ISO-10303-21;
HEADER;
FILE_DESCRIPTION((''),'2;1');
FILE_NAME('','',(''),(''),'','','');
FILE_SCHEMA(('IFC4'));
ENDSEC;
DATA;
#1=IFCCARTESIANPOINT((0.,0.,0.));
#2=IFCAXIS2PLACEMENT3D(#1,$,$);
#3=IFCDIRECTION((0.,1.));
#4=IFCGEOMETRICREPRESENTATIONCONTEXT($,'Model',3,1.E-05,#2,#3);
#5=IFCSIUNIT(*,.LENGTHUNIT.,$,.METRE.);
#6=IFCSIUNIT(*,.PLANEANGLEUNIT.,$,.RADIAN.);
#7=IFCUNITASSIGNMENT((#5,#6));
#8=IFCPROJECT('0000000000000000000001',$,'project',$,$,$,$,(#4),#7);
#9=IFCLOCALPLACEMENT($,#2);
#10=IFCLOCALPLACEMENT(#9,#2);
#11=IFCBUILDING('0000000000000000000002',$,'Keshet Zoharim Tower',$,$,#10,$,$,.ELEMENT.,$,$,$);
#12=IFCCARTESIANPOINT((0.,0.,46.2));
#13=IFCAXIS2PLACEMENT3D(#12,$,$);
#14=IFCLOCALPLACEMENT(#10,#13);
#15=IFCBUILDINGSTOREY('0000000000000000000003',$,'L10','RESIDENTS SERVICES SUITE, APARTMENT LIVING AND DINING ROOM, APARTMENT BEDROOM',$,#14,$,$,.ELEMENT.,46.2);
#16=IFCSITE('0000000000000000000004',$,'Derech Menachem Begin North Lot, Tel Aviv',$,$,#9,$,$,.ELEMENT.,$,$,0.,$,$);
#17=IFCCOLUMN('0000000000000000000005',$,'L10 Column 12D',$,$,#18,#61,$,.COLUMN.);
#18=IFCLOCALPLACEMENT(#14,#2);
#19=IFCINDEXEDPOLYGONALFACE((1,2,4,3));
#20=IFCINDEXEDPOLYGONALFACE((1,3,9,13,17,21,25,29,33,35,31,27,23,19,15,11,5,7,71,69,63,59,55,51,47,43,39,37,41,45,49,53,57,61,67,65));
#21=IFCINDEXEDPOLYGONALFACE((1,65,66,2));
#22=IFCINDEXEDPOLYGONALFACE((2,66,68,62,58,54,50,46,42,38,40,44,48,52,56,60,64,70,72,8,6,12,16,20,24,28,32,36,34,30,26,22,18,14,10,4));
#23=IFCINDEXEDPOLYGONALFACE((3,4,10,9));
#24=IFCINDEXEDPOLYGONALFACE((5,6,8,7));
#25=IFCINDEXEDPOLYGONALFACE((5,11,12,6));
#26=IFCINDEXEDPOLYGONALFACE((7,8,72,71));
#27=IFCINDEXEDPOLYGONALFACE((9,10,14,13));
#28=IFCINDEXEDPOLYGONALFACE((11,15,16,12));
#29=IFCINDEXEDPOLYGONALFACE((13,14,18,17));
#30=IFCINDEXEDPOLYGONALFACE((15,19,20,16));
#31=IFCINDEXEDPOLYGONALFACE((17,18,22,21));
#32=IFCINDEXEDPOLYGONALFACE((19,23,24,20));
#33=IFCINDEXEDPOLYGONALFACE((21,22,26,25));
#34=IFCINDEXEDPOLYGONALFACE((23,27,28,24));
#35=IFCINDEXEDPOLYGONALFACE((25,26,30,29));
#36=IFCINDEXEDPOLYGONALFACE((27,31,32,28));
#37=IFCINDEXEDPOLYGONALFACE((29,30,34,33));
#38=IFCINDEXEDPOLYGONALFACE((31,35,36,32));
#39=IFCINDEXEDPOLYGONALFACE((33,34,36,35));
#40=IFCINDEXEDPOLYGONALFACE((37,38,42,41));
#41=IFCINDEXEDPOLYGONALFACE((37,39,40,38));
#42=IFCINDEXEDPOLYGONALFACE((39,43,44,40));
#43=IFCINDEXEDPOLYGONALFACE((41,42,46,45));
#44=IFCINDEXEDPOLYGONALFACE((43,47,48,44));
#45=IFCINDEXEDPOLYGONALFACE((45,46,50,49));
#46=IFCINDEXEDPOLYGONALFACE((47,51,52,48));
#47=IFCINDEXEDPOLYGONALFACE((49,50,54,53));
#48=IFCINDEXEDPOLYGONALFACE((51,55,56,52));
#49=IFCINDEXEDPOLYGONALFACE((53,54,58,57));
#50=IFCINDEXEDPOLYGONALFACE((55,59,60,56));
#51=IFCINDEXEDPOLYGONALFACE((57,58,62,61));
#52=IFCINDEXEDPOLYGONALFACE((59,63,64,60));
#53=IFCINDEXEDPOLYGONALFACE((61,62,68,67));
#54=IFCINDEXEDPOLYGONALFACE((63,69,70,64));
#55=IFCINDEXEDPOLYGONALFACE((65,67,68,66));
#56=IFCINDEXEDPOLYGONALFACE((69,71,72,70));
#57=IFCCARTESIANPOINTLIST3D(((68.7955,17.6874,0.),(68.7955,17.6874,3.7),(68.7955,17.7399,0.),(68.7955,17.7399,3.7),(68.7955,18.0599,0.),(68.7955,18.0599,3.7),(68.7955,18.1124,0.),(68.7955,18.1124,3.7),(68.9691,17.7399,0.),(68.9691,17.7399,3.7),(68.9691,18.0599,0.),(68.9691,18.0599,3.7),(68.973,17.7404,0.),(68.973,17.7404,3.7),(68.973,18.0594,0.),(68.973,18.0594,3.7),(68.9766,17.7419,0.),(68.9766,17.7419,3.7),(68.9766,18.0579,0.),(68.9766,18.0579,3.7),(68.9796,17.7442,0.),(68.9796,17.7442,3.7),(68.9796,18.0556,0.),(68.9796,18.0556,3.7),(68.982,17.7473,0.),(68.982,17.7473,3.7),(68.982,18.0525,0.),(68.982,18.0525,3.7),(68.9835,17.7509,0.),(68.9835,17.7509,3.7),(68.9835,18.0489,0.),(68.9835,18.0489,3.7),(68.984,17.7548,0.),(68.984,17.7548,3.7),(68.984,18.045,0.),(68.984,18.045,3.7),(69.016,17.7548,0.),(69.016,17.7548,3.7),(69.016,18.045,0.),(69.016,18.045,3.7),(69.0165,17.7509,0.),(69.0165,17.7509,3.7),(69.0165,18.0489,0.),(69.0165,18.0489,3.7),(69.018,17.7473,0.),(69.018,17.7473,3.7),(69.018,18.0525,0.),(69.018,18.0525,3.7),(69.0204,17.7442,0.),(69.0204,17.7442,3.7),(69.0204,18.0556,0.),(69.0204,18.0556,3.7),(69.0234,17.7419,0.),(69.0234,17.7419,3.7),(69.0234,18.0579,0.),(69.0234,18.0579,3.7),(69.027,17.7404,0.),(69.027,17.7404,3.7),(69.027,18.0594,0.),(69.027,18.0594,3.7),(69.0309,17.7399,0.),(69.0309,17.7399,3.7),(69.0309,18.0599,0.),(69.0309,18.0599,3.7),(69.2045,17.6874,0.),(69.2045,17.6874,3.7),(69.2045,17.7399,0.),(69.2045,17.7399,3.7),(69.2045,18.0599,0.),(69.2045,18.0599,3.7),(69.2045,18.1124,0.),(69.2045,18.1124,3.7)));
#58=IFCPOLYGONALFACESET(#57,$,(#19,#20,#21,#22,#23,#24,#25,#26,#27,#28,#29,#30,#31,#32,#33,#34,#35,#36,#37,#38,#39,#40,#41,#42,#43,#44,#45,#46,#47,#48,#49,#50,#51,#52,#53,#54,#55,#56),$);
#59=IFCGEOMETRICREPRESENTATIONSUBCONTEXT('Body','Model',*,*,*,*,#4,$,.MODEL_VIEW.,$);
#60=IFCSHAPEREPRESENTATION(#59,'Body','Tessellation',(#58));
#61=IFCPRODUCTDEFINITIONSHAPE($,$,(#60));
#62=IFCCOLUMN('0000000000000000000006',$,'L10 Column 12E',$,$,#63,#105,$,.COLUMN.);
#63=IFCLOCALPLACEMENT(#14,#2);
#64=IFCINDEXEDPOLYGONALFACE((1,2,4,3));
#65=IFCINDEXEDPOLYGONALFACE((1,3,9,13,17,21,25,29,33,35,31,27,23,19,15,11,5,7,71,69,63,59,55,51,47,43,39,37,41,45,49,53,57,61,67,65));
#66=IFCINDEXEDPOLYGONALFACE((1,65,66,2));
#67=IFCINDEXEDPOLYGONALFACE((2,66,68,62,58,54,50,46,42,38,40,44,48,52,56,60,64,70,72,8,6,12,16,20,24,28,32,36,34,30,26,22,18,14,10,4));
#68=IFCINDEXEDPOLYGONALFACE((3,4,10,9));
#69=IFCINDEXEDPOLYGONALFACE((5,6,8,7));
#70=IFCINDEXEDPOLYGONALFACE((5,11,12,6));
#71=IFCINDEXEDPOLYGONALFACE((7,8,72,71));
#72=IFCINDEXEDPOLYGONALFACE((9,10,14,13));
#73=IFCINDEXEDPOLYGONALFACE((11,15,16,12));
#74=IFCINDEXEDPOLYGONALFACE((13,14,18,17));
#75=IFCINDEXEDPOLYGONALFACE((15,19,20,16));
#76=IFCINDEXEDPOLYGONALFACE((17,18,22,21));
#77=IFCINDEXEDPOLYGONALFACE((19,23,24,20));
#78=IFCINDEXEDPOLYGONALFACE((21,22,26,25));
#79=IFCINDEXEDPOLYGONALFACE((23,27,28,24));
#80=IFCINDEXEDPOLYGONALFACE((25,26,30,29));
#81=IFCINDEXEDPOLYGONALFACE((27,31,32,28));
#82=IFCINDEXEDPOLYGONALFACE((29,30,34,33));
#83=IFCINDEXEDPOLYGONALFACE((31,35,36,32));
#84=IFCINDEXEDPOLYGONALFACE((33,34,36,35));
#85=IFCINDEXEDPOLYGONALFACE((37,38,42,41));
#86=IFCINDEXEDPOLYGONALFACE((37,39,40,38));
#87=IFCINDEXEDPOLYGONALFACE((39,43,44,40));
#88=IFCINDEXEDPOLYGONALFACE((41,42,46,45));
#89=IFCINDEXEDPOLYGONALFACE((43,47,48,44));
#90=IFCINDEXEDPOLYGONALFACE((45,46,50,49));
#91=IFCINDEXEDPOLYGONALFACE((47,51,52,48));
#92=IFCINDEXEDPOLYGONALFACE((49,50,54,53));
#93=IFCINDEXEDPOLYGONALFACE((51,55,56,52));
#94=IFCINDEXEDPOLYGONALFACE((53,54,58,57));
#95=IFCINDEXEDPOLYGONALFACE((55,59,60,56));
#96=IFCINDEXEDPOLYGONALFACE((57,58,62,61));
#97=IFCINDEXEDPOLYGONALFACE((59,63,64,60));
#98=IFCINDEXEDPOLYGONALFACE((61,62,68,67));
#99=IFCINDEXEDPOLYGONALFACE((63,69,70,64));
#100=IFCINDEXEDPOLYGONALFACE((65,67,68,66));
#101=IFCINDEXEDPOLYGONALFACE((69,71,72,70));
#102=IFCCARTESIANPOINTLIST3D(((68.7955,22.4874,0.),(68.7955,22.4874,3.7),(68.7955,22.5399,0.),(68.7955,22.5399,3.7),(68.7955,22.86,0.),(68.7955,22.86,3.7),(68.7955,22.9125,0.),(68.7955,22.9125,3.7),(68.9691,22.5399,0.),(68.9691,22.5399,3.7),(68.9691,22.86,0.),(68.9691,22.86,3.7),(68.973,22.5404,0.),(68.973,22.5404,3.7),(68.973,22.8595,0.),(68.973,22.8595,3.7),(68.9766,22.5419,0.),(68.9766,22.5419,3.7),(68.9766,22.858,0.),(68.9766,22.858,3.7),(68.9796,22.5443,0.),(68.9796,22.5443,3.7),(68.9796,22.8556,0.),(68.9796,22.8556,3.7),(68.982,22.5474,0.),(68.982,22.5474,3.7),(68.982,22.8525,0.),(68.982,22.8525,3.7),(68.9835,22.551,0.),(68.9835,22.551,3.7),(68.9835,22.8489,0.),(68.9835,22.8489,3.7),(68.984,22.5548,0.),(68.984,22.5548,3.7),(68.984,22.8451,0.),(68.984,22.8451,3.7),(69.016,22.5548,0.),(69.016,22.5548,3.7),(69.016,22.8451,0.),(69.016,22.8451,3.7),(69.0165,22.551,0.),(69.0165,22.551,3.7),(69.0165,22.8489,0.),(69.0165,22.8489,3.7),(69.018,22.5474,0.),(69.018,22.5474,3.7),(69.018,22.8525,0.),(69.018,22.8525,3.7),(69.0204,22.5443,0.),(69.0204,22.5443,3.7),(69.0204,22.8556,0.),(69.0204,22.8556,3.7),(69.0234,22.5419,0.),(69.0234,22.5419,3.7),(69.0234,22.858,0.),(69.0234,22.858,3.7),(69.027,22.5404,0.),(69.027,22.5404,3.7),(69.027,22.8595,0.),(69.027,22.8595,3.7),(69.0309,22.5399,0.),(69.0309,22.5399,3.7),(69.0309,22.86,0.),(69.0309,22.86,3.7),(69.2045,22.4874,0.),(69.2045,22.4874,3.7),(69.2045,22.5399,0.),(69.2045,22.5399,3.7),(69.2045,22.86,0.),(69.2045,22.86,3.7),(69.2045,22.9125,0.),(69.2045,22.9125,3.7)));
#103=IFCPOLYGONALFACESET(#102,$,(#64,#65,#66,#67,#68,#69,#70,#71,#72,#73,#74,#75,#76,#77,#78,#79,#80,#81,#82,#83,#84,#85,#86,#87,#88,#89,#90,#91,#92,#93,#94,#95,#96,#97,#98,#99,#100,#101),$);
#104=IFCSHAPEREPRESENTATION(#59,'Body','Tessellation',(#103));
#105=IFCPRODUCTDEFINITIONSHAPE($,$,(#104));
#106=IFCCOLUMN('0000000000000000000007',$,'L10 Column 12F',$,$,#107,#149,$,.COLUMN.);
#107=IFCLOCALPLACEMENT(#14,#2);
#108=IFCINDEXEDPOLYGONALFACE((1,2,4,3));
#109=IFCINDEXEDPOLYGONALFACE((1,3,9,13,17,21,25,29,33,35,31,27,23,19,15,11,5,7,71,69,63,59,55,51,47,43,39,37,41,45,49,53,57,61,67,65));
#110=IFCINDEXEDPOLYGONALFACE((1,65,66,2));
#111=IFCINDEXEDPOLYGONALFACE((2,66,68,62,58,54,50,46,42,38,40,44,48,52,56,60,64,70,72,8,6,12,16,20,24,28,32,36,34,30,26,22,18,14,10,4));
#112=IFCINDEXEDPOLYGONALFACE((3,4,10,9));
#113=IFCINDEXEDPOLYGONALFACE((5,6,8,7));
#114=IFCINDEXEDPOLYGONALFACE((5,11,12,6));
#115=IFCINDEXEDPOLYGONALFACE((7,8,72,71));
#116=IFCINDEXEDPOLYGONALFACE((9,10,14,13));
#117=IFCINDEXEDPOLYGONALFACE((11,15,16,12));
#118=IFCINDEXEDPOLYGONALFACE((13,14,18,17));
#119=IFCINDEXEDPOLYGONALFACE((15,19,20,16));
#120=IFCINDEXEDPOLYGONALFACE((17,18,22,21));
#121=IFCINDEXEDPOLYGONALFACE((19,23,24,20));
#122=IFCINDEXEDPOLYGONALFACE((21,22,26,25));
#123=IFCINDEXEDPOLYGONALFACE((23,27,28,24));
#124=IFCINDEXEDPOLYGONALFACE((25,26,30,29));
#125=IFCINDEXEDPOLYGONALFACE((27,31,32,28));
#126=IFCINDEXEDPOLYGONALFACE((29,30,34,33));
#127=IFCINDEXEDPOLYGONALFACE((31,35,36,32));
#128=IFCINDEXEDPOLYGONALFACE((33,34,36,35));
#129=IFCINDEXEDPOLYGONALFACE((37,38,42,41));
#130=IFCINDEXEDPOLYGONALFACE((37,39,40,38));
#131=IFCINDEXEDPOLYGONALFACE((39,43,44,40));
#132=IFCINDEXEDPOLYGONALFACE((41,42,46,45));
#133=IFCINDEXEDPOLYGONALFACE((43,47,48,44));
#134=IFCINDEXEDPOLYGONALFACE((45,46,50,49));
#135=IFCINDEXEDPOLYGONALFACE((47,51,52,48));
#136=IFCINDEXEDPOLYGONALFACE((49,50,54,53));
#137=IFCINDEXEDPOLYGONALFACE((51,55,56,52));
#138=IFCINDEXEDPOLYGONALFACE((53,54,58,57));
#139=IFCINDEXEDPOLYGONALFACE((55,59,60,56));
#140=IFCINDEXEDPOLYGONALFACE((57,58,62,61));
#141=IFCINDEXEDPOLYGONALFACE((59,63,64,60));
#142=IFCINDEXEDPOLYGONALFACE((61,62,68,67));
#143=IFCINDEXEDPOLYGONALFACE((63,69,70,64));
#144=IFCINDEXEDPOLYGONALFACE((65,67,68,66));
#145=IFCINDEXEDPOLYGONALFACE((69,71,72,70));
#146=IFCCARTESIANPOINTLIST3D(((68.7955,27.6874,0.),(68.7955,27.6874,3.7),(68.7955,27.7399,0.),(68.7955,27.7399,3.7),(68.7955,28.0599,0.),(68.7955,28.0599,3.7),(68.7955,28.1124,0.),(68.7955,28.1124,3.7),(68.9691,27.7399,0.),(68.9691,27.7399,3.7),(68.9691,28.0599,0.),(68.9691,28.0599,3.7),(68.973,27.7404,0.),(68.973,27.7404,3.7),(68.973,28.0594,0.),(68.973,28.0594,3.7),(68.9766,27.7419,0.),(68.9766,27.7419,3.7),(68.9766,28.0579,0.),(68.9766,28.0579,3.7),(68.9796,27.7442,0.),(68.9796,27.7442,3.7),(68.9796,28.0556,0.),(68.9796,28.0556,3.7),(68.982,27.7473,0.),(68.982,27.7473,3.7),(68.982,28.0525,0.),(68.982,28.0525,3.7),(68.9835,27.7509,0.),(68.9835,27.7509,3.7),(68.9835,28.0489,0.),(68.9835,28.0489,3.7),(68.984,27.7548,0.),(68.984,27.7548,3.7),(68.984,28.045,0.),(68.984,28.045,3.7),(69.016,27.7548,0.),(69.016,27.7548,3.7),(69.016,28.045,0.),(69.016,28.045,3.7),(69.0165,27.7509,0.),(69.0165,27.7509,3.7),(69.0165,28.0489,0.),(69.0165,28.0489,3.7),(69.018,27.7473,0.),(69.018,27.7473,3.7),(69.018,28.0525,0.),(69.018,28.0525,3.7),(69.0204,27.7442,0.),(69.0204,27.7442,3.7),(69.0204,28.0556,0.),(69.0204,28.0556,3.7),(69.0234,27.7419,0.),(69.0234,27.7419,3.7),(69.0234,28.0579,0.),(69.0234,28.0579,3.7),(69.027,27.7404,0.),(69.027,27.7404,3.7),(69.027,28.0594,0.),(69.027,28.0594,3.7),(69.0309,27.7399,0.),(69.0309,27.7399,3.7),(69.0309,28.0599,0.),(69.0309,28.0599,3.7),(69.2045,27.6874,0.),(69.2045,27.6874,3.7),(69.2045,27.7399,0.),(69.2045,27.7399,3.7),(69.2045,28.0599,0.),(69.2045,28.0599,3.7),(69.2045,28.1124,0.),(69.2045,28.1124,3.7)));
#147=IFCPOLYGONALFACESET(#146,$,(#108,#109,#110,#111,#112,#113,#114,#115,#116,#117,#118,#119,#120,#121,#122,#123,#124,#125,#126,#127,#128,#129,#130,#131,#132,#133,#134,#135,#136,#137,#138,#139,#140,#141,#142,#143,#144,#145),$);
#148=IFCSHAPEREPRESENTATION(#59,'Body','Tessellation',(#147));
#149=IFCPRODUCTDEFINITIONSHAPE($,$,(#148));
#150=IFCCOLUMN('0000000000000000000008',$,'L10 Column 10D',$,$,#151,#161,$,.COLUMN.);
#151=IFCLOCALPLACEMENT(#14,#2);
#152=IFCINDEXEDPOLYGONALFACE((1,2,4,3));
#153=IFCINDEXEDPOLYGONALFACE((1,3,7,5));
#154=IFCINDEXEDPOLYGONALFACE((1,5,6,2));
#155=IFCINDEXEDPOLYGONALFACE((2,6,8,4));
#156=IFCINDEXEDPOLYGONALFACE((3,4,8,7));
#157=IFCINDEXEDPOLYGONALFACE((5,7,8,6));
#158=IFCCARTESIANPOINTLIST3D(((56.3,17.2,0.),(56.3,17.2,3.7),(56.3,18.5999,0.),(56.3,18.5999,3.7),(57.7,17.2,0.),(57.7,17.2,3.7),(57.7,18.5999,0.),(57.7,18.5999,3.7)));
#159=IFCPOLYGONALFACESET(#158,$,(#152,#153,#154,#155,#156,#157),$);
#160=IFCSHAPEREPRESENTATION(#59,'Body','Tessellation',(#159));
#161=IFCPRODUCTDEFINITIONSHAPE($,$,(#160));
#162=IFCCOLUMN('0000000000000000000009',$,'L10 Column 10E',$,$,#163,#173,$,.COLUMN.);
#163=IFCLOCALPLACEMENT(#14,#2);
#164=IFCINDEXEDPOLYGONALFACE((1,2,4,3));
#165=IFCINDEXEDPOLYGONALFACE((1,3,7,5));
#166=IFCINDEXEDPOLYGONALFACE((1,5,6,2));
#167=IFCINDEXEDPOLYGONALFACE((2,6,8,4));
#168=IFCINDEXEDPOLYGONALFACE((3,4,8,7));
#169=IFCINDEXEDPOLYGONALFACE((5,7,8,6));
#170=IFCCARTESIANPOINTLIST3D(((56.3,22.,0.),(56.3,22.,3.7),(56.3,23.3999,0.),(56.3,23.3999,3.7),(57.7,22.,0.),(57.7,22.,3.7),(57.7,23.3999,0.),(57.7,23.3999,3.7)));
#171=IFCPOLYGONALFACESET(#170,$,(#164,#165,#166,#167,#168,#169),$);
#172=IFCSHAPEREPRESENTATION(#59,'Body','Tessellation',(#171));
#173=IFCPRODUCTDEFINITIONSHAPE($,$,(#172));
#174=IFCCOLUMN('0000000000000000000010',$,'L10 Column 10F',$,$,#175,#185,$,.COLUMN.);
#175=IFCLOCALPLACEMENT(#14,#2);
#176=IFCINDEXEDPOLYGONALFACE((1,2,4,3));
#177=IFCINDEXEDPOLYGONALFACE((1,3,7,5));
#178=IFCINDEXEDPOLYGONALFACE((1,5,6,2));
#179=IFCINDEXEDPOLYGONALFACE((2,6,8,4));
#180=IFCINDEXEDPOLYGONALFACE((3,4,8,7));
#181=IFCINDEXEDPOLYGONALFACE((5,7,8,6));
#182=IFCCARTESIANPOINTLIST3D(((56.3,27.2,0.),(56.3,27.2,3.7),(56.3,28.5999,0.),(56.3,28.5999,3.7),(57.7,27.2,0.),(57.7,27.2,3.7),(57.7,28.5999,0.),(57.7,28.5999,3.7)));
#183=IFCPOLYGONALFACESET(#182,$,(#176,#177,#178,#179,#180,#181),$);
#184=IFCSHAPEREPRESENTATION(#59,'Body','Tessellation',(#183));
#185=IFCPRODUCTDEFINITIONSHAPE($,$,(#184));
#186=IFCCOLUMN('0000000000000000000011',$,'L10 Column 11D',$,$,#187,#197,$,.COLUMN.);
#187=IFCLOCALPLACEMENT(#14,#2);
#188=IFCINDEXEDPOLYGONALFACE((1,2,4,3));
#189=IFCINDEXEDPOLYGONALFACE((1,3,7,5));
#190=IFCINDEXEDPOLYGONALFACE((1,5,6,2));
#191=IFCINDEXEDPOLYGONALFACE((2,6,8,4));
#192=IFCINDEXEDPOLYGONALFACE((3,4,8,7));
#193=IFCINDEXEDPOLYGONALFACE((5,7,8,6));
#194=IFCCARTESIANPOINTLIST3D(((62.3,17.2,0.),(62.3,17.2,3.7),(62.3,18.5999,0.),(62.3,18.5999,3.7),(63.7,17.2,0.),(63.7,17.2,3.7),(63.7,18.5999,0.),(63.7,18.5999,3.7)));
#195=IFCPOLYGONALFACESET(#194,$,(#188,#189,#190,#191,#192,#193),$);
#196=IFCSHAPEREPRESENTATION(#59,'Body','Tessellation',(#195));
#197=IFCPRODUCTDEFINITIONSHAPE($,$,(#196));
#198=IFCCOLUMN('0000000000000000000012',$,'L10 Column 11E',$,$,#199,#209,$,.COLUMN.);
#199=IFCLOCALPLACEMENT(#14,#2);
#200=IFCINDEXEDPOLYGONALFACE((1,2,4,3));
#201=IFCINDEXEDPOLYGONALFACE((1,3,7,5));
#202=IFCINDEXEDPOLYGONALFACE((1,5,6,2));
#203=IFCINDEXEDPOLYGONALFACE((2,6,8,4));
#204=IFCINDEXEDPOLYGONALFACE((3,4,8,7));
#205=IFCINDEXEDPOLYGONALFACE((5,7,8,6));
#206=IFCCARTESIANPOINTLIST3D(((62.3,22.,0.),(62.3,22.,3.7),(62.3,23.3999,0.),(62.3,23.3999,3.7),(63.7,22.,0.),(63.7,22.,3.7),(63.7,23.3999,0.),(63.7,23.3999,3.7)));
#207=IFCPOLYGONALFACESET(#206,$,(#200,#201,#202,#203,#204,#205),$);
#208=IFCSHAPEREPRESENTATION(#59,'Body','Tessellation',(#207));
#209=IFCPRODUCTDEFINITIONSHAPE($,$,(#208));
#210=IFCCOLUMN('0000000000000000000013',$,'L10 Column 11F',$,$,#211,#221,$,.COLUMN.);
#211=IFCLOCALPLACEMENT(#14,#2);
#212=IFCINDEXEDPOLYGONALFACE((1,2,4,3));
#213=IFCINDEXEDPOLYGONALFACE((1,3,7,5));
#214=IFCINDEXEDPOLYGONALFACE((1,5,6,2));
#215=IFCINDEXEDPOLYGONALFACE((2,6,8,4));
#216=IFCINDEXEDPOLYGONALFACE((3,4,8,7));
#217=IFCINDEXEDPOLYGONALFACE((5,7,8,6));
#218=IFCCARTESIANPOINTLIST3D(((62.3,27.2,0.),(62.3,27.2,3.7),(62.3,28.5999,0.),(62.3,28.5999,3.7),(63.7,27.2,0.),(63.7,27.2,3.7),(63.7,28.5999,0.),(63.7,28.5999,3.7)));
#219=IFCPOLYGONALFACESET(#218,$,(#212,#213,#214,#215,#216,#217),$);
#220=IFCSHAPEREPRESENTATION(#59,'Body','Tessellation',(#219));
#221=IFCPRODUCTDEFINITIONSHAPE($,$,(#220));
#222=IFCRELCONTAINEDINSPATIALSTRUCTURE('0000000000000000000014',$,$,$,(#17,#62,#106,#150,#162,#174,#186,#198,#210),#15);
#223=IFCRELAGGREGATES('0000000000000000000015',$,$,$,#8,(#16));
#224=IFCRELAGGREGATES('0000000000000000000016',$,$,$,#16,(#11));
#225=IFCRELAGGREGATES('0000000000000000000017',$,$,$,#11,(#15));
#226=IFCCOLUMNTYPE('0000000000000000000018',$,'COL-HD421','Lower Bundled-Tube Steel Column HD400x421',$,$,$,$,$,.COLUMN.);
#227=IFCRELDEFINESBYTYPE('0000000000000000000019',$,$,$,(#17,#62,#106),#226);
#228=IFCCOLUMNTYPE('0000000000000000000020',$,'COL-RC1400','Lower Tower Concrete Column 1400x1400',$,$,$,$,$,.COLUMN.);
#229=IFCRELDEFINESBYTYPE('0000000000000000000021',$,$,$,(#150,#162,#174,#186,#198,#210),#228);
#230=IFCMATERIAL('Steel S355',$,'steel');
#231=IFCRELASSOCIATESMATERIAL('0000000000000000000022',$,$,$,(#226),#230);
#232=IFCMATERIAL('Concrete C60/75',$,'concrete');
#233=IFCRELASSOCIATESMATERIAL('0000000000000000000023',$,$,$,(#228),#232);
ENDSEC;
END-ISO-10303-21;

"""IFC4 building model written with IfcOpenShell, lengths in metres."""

from ifc_helpers import new_model, si_unit, direction, frame, origin, origin_2d, place, context, subcontext, project, spatial, rectangle, i_section, extrude, material, material_profile, profile_set, type_object, element, save


model = new_model("IFC4")

# Units and contexts
model_context = context("Model", 3, precision=1e-05, world=origin(), true_north=direction((0.0, 1.0)))
body_context = subcontext(model_context, "Body", "Model", "MODEL_VIEW")
ifc_project = project(units=[si_unit("LENGTHUNIT", "METRE"), si_unit("PLANEANGLEUNIT", "RADIAN")], contexts=[model_context])

# Site, building, storey
site_placement = place(None, origin())
site = spatial("IfcSite", under=ifc_project, at=site_placement, Name="Derech Menachem Begin North Lot, Tel Aviv", CompositionType="ELEMENT", RefElevation=0.0)
building_placement = place(site_placement, origin())
building = spatial("IfcBuilding", under=site, at=building_placement, Name="Keshet Zoharim Tower", CompositionType="ELEMENT")
storey_placement = place(building_placement, frame((0.0, 0.0, 46.2)))
storey = spatial("IfcBuildingStorey", under=building, at=storey_placement, Name="L10", Description="RESIDENTS SERVICES SUITE, APARTMENT LIVING AND DINING ROOM, APARTMENT BEDROOM", CompositionType="ELEMENT", Elevation=46.2)

# Columns
ifc_material_1 = material(Name="Steel S355", Category="steel")
ifc_material_profile_1 = material_profile(ifc_material_1, i_section(OverallWidth=0.4089, OverallDepth=0.425, WebThickness=0.032, FlangeThickness=0.0525, FilletRadius=0.0149, at=origin_2d()), Name="HD400x421")
ifc_profile_set_1 = profile_set([ifc_material_profile_1], Name="Steel S355")
column_type_1 = type_object("IfcColumnType", Name="COL-HD421", Description="Lower Bundled-Tube Steel Column HD400x421", PredefinedType="COLUMN", material=ifc_profile_set_1)
for number, where, z_axis, x_axis, name in (
    (1, (69.0, 17.8999, 0.0), (0.0, 0.0, 1.0), (1.0, 0.0, 0.0), "L10 Column 12D"),
    (2, (69.0, 22.7, 0.0), (0.0, 0.0, 1.0), (1.0, 0.0, 0.0), "L10 Column 12E"),
    (3, (69.0, 27.8999, 0.0), (0.0, 0.0, 1.0), (1.0, 0.0, 0.0), "L10 Column 12F"),
):
    element("IfcColumn", number, at=place(storey_placement, frame(where, z_axis=z_axis, x_axis=x_axis)), inside=storey, type_object=column_type_1, Name=name, PredefinedType="COLUMN", context=body_context, shape_type="SweptSolid", body=[
        extrude(i_section(OverallWidth=0.4089, OverallDepth=0.425, WebThickness=0.032, FlangeThickness=0.0525, FilletRadius=0.0149, at=origin_2d()), origin(), (0.0, 0.0, 1.0), 3.7),
    ])
ifc_material_2 = material(Name="Concrete C60/75", Category="concrete")
ifc_material_profile_2 = material_profile(ifc_material_2, rectangle(XDim=1.3999, YDim=1.3999, at=origin_2d()), Name="RC1400x1400")
ifc_profile_set_2 = profile_set([ifc_material_profile_2], Name="Concrete C60/75")
column_type_2 = type_object("IfcColumnType", Name="COL-RC1400", Description="Lower Tower Concrete Column 1400x1400", PredefinedType="COLUMN", material=ifc_profile_set_2)
for number, where, z_axis, x_axis, name in (
    (4, (57.0, 17.8999, 0.0), (0.0, 0.0, 1.0), (1.0, 0.0, 0.0), "L10 Column 10D"),
    (5, (57.0, 22.7, 0.0), (0.0, 0.0, 1.0), (1.0, 0.0, 0.0), "L10 Column 10E"),
    (6, (57.0, 27.8999, 0.0), (0.0, 0.0, 1.0), (1.0, 0.0, 0.0), "L10 Column 10F"),
    (7, (63.0, 17.8999, 0.0), (0.0, 0.0, 1.0), (1.0, 0.0, 0.0), "L10 Column 11D"),
    (8, (63.0, 22.7, 0.0), (0.0, 0.0, 1.0), (1.0, 0.0, 0.0), "L10 Column 11E"),
    (9, (63.0, 27.8999, 0.0), (0.0, 0.0, 1.0), (1.0, 0.0, 0.0), "L10 Column 11F"),
):
    element("IfcColumn", number, at=place(storey_placement, frame(where, z_axis=z_axis, x_axis=x_axis)), inside=storey, type_object=column_type_2, Name=name, PredefinedType="COLUMN", context=body_context, shape_type="SweptSolid", body=[
        extrude(rectangle(XDim=1.3999, YDim=1.3999, at=origin_2d()), origin(), (0.0, 0.0, 1.0), 3.7),
    ])

save(model, "model.ifc")
